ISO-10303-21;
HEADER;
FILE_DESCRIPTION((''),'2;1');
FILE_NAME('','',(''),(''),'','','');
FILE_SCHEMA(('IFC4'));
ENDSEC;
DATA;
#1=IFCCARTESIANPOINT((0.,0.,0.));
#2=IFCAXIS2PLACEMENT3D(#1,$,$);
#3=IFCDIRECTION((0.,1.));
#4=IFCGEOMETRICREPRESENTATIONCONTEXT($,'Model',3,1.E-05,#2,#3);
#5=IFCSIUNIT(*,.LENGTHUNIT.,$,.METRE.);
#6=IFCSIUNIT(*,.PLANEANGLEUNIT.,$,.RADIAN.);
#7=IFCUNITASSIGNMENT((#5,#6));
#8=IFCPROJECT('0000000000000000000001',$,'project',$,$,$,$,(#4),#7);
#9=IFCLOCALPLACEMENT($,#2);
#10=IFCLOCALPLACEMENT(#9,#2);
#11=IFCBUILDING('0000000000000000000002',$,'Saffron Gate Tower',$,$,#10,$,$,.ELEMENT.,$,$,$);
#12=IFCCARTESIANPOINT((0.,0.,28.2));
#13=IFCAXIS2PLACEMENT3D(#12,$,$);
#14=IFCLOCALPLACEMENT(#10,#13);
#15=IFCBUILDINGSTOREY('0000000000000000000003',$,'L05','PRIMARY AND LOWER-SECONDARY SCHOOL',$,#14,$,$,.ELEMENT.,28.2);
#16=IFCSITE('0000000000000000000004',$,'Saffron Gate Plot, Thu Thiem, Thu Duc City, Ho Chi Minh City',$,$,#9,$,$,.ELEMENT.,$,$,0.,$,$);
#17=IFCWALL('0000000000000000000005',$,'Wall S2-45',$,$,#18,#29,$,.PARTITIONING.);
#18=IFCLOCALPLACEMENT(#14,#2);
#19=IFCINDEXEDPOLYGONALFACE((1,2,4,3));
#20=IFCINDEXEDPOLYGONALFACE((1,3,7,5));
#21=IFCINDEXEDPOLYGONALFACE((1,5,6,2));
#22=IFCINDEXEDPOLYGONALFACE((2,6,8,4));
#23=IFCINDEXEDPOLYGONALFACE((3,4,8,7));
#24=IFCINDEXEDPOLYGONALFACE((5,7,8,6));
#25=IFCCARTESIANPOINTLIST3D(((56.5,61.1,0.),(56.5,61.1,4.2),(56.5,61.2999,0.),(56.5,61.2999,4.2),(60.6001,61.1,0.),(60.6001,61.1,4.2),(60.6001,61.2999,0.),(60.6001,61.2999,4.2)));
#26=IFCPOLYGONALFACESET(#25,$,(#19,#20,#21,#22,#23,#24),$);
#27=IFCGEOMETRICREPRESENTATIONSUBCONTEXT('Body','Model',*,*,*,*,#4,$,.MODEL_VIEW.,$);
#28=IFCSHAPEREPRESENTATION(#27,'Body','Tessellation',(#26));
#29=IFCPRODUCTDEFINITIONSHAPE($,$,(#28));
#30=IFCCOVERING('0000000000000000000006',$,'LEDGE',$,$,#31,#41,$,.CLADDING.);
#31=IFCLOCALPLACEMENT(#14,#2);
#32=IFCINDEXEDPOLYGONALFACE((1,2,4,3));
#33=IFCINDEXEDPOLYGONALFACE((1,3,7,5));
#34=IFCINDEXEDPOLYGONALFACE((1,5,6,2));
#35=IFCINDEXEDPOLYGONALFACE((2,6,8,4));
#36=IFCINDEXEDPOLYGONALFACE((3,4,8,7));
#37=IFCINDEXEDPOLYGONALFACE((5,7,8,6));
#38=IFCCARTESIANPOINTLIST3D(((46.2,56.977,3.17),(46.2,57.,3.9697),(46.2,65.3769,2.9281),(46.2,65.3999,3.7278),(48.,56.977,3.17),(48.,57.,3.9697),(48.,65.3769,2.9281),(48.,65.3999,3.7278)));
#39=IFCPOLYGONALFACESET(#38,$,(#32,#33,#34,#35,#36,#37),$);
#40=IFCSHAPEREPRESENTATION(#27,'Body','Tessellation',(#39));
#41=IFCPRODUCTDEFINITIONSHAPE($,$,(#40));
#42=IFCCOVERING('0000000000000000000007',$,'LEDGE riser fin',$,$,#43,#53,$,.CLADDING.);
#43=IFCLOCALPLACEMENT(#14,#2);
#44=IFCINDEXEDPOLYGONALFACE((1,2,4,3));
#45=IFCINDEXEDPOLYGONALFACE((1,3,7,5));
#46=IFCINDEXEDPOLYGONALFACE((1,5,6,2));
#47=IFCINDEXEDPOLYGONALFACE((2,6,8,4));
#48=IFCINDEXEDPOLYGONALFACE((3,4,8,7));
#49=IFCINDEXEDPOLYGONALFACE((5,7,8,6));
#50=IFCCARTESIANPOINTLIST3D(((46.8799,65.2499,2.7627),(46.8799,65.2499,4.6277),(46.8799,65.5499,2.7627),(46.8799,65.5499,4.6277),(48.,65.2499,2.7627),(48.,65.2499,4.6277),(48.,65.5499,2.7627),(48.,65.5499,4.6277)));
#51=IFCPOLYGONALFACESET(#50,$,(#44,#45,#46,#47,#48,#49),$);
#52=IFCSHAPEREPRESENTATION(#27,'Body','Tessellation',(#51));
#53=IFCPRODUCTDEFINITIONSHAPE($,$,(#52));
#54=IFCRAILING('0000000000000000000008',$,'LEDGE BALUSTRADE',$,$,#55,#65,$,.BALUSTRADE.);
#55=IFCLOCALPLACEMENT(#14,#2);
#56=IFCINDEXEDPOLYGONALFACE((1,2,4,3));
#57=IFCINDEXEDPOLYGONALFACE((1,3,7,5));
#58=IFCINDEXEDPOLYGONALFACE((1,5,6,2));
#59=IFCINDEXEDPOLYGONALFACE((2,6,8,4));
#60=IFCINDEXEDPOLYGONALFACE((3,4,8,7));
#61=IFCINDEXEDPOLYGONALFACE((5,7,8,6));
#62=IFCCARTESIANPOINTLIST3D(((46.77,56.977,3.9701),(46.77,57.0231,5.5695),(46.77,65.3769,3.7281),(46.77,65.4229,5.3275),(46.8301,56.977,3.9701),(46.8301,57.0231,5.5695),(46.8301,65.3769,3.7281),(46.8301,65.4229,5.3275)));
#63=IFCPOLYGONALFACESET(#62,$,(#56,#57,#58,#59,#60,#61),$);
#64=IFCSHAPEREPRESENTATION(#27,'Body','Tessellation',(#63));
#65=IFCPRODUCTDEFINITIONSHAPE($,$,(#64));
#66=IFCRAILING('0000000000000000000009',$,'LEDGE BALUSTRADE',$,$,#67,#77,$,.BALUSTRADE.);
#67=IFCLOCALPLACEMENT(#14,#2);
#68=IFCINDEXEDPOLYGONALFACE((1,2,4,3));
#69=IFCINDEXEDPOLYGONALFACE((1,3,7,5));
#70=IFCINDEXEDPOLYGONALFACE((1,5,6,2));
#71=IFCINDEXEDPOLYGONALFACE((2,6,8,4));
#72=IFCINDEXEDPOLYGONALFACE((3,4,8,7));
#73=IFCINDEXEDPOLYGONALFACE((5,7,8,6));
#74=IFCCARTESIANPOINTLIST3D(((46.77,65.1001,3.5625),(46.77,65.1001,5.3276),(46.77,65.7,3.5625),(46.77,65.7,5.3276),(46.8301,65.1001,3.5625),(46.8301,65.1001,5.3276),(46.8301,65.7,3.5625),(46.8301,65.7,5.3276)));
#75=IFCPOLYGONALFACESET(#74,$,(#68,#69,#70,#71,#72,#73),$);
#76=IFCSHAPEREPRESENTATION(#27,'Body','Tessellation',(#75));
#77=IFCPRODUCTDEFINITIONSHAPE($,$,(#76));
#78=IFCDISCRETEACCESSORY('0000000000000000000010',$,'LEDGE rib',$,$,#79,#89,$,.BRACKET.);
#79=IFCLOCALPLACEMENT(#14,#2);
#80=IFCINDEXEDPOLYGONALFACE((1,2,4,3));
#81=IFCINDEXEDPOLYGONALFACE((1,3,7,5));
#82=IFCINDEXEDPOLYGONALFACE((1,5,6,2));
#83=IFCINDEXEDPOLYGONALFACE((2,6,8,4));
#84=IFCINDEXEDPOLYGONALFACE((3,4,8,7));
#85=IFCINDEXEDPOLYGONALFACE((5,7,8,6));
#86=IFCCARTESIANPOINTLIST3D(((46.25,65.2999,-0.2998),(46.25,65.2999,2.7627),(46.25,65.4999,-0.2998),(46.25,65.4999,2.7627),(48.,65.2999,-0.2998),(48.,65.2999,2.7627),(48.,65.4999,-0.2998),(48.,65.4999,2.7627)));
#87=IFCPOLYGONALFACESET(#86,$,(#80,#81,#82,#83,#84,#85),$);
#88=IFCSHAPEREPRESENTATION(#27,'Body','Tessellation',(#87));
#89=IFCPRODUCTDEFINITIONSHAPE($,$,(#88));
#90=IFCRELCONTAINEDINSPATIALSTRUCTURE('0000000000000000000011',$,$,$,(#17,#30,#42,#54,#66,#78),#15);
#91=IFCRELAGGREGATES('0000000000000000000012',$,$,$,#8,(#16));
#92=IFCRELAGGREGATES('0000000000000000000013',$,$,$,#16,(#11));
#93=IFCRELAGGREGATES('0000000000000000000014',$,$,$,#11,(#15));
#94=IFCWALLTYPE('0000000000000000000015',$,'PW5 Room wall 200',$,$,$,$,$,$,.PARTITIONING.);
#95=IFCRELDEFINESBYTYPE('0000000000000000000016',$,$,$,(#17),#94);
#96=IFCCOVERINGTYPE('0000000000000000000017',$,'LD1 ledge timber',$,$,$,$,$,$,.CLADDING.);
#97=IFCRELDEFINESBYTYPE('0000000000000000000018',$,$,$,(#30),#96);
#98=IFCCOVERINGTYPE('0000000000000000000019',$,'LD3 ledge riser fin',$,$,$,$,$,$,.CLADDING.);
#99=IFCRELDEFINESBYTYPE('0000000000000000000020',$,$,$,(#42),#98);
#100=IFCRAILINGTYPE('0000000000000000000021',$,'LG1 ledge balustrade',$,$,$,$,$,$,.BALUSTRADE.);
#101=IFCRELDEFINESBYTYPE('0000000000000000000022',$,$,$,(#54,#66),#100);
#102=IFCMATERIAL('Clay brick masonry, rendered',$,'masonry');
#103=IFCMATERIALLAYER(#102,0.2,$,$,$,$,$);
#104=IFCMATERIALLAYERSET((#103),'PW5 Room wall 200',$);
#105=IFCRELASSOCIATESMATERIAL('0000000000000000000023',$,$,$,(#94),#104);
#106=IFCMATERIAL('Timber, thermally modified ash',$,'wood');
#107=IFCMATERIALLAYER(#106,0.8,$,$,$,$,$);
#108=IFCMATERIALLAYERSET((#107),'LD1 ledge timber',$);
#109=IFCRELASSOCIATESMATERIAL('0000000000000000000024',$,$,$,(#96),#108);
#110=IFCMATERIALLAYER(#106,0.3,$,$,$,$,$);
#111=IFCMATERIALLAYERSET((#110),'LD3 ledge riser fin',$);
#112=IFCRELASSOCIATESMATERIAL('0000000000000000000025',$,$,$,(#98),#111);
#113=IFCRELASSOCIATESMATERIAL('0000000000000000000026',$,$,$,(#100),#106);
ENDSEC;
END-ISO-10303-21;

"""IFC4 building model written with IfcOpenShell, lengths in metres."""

from ifc_helpers import new_model, si_unit, direction, frame, frame_2d, origin, origin_2d, place, context, subcontext, project, spatial, polyline, rectangle, outline, extrude, material, layer, layer_set, type_object, element, save


model = new_model("IFC4")

# Units and contexts
model_context = context("Model", 3, precision=1e-05, world=origin(), true_north=direction((0.0, 1.0)))
body_context = subcontext(model_context, "Body", "Model", "MODEL_VIEW")
ifc_project = project(units=[si_unit("LENGTHUNIT", "METRE"), si_unit("PLANEANGLEUNIT", "RADIAN")], contexts=[model_context])

# Site, building, storey
site_placement = place(None, origin())
site = spatial("IfcSite", under=ifc_project, at=site_placement, Name="Saffron Gate Plot, Thu Thiem, Thu Duc City, Ho Chi Minh City", CompositionType="ELEMENT", RefElevation=0.0)
building_placement = place(site_placement, origin())
building = spatial("IfcBuilding", under=site, at=building_placement, Name="Saffron Gate Tower", CompositionType="ELEMENT")
storey_placement = place(building_placement, frame((0.0, 0.0, 28.2)))
storey = spatial("IfcBuildingStorey", under=building, at=storey_placement, Name="L05", Description="PRIMARY AND LOWER-SECONDARY SCHOOL", CompositionType="ELEMENT", Elevation=28.2)

# Wall
ifc_material_1 = material(Name="Clay brick masonry, rendered", Category="masonry")
ifc_layer_1 = layer(ifc_material_1, 0.2)
ifc_layer_set_1 = layer_set([ifc_layer_1], Name="PW5 Room wall 200")
wall_type_1 = type_object("IfcWallType", Name="PW5 Room wall 200", PredefinedType="PARTITIONING", material=ifc_layer_set_1)
wall_1_placement = place(storey_placement, frame((56.5, 61.2, 0.0), z_axis=(0.0, 0.0, 1.0), x_axis=(1.0, 0.0, 0.0)))
element("IfcWall", 1, at=wall_1_placement, inside=storey, type_object=wall_type_1, Name="Wall S2-45", PredefinedType="PARTITIONING", context=body_context, shape_type="SweptSolid", body=[
    extrude(rectangle(XDim=4.1001, YDim=0.2, at=frame_2d((2.05, 0.0))), origin(), (0.0, 0.0, 1.0), 4.2),
])

# Coverings
ifc_material_2 = material(Name="Timber, thermally modified ash", Category="wood")
ifc_layer_2 = layer(ifc_material_2, 0.8)
ifc_layer_set_2 = layer_set([ifc_layer_2], Name="LD1 ledge timber")
covering_type_1 = type_object("IfcCoveringType", Name="LD1 ledge timber", PredefinedType="CLADDING", material=ifc_layer_set_2)
covering_1_placement = place(storey_placement, frame((48.0, 65.3999, 3.7278), z_axis=(0.0, 0.028791, 0.999585), x_axis=(0.0, -0.999585, 0.028791)))
element("IfcCovering", 2, at=covering_1_placement, inside=storey, type_object=covering_type_1, Name="LEDGE", PredefinedType="CLADDING", context=body_context, shape_type="SweptSolid", body=[
    extrude(outline(polyline([(0.0, 0.0), (8.4034, 0.0), (8.4034, -1.8), (0.0, -1.8), (0.0, 0.0)])), origin(), (0.0, 0.0, -1.0), 0.8),
])
ifc_layer_3 = layer(ifc_material_2, 0.3)
ifc_layer_set_3 = layer_set([ifc_layer_3], Name="LD3 ledge riser fin")
covering_type_2 = type_object("IfcCoveringType", Name="LD3 ledge riser fin", PredefinedType="CLADDING", material=ifc_layer_set_3)
covering_2_placement = place(storey_placement, frame((47.4399, 65.3999, 2.7627), z_axis=(0.0, 0.0, 1.0), x_axis=(0.0, -1.0, 0.0)))
element("IfcCovering", 3, at=covering_2_placement, inside=storey, type_object=covering_type_2, Name="LEDGE riser fin", PredefinedType="CLADDING", context=body_context, shape_type="SweptSolid", body=[
    extrude(rectangle(XDim=0.3, YDim=1.1201, at=origin_2d()), origin(), (0.0, 0.0, 1.0), 1.865),
])

# Railings
railing_type = type_object("IfcRailingType", Name="LG1 ledge balustrade", PredefinedType="BALUSTRADE", material=ifc_material_2)
railing_1_placement = place(storey_placement, frame((46.8, 65.3999, 3.7278)))
element("IfcRailing", 4, at=railing_1_placement, inside=storey, type_object=railing_type, Name="LEDGE BALUSTRADE", PredefinedType="BALUSTRADE", context=body_context, shape_type="SweptSolid", body=[
    extrude(rectangle(XDim=0.0601, YDim=1.6001, at=origin_2d()), frame((0.0, 0.0, 0.8), z_axis=(0.0, -0.999585, 0.028791), x_axis=(1.0, 0.0, 0.0)), (0.0, 0.0, 1.0), 8.4033),
])
railing_2_placement = place(storey_placement, frame((46.8, 65.7, 3.5625)))
element("IfcRailing", 5, at=railing_2_placement, inside=storey, type_object=railing_type, Name="LEDGE BALUSTRADE", PredefinedType="BALUSTRADE", context=body_context, shape_type="SweptSolid", body=[
    extrude(rectangle(XDim=0.0601, YDim=1.7651, at=origin_2d()), frame((0.0, 0.0, 0.8826), z_axis=(0.0, -1.0, 0.0), x_axis=(1.0, 0.0, 0.0)), (0.0, 0.0, 1.0), 0.5999),
])

# Discrete accessory
discrete_accessory_placement = place(storey_placement, frame((47.125, 65.3999, -0.2998), z_axis=(0.0, 0.0, 1.0), x_axis=(0.0, -1.0, 0.0)))
element("IfcDiscreteAccessory", 6, at=discrete_accessory_placement, inside=storey, Name="LEDGE rib", PredefinedType="BRACKET", context=body_context, shape_type="SweptSolid", body=[
    extrude(rectangle(XDim=0.2, YDim=1.75, at=origin_2d()), origin(), (0.0, 0.0, 1.0), 3.0625),
])

save(model, "model.ifc")
